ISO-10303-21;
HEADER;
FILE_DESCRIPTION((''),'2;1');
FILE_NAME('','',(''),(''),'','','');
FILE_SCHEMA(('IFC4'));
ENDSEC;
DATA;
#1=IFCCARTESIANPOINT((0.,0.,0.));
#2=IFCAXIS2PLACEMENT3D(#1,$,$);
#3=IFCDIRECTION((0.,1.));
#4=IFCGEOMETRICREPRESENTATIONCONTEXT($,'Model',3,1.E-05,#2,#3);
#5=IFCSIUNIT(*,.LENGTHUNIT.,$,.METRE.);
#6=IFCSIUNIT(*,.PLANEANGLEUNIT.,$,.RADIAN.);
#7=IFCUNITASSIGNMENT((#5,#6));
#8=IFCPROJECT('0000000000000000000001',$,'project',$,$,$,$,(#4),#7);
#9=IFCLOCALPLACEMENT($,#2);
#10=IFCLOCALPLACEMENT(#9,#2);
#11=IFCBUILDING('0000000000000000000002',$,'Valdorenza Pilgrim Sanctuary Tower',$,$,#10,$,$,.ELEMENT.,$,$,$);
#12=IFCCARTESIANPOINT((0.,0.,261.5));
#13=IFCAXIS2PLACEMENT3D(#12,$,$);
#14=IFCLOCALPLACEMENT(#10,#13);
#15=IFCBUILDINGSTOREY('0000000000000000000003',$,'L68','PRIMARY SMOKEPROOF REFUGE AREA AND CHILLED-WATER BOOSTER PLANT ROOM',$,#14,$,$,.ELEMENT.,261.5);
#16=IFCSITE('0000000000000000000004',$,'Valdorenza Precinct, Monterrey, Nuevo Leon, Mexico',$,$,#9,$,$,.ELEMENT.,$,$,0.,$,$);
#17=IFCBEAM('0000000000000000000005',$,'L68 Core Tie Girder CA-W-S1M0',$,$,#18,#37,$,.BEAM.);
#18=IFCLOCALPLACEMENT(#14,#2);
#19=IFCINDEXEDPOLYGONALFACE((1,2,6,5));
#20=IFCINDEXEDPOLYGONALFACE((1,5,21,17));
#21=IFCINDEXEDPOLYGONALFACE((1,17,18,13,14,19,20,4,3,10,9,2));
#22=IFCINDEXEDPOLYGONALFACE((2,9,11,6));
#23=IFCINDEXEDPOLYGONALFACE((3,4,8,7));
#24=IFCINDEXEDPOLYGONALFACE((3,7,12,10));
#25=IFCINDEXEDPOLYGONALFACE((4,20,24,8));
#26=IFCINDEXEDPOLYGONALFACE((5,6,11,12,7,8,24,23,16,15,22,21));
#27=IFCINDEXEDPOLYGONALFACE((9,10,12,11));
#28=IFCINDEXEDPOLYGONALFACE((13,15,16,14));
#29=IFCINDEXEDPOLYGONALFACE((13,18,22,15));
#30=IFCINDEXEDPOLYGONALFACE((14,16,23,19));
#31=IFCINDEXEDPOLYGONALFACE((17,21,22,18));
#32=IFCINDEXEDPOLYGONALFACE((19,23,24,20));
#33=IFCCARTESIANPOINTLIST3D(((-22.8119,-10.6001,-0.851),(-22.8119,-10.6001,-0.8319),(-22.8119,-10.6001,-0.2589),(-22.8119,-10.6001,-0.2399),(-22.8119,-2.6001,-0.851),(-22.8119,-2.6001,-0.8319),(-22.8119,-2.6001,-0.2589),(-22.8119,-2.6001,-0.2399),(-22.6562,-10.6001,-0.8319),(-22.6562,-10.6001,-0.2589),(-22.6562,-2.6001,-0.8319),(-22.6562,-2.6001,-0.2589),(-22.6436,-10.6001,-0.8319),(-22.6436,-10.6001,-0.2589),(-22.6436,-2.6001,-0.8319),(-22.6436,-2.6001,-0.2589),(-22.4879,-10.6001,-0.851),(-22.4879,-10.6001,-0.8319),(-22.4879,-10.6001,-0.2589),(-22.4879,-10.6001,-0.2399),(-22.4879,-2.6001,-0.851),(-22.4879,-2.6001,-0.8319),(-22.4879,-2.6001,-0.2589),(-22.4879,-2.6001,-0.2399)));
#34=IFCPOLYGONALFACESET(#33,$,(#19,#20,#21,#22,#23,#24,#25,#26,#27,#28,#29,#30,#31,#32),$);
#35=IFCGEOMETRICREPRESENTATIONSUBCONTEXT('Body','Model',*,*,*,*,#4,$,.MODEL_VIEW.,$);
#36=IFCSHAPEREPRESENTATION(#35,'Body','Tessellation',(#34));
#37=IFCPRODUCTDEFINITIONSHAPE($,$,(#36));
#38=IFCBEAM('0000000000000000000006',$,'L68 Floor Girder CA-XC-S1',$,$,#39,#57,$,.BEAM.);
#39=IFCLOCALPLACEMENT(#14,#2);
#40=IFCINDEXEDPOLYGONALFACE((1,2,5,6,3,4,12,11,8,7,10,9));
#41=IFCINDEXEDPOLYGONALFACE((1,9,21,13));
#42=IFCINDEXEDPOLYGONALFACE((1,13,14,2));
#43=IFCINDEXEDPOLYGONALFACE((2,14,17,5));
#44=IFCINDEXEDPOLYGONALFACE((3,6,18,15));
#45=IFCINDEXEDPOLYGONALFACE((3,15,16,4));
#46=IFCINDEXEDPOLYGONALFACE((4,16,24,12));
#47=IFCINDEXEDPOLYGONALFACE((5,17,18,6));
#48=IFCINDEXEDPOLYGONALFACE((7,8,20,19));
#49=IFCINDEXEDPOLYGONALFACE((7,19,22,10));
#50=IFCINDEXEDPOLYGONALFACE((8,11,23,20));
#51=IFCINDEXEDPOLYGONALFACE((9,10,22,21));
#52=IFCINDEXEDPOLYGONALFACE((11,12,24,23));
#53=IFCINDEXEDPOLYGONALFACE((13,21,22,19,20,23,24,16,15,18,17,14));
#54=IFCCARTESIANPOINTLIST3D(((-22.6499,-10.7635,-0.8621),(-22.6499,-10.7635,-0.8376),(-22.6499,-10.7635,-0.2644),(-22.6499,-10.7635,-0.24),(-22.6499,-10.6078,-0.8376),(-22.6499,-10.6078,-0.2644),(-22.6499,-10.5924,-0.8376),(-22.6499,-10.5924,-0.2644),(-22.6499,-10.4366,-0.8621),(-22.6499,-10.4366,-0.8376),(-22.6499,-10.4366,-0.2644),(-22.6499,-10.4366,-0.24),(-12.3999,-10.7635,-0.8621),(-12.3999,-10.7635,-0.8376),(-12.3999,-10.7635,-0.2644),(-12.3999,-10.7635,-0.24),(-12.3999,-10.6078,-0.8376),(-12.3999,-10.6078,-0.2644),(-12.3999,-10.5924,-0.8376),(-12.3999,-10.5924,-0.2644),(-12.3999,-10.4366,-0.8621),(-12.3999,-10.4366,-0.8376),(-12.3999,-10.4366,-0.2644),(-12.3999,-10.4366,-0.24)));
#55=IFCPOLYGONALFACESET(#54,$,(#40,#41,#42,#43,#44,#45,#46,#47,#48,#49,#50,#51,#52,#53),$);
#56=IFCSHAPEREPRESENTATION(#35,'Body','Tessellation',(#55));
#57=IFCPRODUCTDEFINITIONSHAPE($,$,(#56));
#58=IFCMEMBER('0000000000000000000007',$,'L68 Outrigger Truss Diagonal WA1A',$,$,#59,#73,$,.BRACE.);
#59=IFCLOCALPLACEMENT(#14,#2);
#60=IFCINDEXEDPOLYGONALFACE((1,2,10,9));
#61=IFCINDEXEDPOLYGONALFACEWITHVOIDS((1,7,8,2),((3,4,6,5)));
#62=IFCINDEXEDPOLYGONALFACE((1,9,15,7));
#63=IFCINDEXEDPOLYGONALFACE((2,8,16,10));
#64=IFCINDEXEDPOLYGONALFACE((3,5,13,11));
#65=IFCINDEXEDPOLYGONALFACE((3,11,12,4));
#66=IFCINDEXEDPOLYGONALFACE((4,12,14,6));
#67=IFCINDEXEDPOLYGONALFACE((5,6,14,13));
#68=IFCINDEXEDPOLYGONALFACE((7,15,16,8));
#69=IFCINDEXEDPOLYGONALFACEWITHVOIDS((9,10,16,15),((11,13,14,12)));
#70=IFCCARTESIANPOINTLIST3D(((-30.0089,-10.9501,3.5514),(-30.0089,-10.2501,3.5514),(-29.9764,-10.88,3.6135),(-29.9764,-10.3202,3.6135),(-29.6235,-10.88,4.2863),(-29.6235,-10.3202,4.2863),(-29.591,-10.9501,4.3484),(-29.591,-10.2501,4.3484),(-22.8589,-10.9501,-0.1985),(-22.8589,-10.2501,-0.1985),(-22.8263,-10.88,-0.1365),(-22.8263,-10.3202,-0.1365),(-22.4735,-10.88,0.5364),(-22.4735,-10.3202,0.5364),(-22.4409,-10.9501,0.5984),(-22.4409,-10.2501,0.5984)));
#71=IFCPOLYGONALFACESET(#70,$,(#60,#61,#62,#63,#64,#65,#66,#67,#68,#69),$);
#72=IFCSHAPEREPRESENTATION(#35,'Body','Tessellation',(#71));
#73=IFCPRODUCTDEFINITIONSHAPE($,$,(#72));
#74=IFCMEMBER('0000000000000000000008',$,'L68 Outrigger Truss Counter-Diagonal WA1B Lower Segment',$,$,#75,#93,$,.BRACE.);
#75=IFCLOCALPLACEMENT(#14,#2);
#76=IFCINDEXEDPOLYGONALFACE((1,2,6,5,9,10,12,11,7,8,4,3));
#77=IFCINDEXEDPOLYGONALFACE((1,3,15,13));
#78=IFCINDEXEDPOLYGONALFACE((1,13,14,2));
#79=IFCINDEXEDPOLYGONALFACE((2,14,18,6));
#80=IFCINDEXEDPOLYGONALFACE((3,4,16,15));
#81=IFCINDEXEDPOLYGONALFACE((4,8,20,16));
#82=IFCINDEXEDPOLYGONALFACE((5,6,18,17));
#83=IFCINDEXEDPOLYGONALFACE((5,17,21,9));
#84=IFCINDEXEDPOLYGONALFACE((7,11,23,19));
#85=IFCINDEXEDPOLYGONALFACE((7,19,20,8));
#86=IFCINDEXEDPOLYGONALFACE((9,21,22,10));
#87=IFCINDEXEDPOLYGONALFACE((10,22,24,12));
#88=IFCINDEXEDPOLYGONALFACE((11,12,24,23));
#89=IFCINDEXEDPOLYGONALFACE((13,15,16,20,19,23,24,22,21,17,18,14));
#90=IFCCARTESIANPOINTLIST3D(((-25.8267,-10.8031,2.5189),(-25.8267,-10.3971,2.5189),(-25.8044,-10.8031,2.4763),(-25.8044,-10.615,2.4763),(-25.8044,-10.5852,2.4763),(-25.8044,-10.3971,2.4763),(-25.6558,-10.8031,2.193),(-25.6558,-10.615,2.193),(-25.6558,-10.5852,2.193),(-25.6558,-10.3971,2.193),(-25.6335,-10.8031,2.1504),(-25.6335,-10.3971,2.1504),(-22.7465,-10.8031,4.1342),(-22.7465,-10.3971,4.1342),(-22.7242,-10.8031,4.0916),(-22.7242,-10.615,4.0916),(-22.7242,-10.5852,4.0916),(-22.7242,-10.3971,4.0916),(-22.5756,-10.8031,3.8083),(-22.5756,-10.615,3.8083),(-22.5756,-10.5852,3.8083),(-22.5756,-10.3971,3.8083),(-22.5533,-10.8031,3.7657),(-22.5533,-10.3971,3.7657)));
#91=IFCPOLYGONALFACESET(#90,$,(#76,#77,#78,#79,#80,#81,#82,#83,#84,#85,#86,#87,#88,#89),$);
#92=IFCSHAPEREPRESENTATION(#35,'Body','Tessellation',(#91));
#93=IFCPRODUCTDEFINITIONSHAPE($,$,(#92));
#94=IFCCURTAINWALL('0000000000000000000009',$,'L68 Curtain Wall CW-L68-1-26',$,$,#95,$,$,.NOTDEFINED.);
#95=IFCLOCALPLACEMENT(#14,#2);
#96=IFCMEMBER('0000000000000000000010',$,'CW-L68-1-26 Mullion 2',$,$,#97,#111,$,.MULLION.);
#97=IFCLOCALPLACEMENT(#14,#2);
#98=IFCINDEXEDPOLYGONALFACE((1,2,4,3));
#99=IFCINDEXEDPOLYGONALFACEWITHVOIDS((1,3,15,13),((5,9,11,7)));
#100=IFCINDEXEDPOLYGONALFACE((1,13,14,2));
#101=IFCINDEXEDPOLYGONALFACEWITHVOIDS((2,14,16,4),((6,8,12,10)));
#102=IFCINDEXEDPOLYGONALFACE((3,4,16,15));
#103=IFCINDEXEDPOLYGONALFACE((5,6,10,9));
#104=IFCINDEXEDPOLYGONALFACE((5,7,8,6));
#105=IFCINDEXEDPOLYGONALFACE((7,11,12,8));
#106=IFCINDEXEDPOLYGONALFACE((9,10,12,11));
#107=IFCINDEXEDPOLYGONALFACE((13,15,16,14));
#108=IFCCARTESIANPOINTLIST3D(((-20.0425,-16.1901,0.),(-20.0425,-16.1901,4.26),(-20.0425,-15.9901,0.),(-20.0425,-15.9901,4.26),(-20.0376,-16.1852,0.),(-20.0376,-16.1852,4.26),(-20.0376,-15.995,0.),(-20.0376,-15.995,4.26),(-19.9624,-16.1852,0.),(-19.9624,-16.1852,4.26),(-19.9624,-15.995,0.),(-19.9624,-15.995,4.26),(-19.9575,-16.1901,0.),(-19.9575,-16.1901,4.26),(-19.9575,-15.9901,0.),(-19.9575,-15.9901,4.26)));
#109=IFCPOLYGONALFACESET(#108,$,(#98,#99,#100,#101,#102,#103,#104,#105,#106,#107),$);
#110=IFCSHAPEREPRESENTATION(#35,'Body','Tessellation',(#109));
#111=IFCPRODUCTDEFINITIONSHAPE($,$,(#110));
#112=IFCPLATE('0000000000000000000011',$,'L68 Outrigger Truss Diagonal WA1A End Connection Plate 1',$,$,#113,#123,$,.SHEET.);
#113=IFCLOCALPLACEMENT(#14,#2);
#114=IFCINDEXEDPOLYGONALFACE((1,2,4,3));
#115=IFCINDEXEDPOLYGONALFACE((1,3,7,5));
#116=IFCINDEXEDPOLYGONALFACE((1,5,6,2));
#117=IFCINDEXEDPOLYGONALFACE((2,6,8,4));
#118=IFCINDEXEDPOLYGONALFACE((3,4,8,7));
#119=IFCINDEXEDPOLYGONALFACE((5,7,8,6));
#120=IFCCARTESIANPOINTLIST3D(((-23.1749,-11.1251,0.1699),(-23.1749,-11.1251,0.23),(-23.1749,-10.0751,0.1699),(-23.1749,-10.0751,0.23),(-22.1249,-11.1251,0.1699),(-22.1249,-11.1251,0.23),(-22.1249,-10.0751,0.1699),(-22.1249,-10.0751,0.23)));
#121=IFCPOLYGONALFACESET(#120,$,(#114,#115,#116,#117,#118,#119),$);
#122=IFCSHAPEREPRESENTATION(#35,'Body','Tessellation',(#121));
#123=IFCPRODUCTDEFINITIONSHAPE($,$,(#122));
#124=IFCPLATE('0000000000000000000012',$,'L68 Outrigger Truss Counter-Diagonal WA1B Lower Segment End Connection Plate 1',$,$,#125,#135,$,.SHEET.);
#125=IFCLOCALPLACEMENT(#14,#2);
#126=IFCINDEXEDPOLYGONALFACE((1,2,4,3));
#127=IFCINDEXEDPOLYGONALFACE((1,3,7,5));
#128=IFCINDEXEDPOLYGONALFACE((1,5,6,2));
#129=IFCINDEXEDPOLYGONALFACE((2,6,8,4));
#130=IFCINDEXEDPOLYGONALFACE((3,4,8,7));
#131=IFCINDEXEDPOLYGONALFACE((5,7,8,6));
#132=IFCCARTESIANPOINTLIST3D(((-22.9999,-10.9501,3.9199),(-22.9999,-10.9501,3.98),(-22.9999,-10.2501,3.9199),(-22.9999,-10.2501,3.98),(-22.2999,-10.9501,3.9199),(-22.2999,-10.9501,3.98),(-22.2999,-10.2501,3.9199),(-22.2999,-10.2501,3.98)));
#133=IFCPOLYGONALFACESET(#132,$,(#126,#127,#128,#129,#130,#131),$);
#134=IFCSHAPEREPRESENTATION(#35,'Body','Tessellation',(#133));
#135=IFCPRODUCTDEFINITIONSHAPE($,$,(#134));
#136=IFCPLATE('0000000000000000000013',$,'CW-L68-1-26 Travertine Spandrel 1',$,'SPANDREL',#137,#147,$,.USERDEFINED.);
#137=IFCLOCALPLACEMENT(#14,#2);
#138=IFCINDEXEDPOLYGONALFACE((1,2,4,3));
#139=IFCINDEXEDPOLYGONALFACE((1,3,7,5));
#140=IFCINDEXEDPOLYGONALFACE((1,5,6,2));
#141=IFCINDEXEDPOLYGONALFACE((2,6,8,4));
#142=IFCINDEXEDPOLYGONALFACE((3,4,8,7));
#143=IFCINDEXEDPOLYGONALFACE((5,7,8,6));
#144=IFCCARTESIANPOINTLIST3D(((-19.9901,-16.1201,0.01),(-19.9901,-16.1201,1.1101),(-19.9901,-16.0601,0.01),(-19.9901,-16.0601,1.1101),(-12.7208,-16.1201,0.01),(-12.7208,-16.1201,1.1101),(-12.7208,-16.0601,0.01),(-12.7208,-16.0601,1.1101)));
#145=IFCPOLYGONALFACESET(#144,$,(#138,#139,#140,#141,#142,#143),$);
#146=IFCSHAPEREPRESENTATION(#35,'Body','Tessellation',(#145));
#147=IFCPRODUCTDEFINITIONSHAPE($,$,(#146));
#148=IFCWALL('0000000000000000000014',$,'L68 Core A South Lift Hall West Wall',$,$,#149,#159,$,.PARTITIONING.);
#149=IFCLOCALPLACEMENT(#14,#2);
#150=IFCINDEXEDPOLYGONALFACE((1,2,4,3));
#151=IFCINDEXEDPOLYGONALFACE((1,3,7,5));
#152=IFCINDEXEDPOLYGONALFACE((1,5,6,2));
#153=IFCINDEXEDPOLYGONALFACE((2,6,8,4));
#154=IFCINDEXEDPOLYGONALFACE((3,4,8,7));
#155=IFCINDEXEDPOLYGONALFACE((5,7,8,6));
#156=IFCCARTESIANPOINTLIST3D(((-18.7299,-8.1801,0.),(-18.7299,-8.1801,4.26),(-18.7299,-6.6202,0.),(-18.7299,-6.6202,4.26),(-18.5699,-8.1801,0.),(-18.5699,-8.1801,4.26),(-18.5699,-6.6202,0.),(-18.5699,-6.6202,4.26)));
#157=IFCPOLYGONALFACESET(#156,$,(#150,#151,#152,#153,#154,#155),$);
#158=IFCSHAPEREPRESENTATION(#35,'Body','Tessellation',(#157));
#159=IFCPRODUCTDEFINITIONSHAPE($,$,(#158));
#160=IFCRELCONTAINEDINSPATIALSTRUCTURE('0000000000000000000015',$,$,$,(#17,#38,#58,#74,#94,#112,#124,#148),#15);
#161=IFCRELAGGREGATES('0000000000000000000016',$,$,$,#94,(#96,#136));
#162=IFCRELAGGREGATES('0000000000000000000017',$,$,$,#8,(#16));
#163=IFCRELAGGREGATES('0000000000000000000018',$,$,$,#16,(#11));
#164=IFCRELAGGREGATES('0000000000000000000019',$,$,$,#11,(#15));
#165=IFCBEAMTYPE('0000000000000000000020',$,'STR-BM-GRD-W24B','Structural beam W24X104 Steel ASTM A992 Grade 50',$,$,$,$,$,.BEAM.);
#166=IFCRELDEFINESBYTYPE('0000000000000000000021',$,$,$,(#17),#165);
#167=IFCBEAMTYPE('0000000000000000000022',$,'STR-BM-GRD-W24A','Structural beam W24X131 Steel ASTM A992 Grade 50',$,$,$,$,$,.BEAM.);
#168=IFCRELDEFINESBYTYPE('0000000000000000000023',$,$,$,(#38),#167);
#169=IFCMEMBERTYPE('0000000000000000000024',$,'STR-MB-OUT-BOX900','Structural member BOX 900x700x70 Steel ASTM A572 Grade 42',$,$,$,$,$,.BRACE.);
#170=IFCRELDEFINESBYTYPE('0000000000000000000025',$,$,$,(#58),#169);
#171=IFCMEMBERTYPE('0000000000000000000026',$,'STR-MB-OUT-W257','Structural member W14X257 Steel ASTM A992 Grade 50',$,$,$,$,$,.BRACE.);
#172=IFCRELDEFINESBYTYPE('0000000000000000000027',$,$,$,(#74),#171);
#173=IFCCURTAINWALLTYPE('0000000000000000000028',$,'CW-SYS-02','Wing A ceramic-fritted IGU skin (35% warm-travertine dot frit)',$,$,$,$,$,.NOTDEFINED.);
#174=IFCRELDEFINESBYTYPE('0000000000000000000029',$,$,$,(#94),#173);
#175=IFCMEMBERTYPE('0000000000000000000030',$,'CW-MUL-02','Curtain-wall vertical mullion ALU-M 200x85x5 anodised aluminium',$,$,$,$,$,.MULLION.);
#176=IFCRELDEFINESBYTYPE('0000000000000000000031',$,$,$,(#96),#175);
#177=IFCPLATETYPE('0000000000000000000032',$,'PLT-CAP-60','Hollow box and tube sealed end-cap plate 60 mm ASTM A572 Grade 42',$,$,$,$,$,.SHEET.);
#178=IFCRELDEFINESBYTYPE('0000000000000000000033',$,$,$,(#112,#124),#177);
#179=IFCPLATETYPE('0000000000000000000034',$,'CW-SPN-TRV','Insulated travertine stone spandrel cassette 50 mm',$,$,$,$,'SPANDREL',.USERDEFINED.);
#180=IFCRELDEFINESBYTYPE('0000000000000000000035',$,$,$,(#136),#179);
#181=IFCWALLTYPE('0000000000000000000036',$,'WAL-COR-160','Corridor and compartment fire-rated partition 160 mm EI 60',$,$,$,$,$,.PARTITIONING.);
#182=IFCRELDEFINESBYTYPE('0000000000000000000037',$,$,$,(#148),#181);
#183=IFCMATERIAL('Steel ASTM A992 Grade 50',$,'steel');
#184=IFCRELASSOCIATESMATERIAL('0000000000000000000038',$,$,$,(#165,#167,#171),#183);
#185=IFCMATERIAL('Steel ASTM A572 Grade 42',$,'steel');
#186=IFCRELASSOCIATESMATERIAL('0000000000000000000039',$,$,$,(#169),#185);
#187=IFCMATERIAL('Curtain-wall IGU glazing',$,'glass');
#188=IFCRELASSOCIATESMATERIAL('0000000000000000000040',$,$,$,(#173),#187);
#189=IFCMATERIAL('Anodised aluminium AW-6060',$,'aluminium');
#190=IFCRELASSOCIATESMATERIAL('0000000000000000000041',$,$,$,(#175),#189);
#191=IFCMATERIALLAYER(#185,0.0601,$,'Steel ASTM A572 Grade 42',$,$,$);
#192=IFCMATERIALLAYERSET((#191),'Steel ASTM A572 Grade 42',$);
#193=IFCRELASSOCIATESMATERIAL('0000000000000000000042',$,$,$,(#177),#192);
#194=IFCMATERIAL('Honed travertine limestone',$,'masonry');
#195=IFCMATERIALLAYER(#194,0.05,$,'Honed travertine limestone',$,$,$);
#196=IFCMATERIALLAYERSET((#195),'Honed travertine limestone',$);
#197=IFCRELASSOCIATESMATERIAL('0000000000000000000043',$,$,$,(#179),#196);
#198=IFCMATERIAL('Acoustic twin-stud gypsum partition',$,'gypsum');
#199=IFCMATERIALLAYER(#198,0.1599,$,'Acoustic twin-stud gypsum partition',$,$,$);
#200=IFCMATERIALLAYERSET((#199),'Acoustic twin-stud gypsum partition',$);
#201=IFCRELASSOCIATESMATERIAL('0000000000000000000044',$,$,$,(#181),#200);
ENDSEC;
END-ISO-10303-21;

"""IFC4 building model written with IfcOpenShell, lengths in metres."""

from ifc_helpers import new_model, si_unit, direction, frame, frame_2d, origin, origin_2d, place, context, subcontext, project, spatial, rectangle, hollow_rectangle, i_section, extrude, source, transform, mapped, material, layer, layer_set, material_profile, profile_set, type_object, element, aggregate, save


model = new_model("IFC4")

# Units and contexts
model_context = context("Model", 3, precision=1e-05, world=origin(), true_north=direction((0.0, 1.0)))
body_context = subcontext(model_context, "Body", "Model", "MODEL_VIEW")
ifc_project = project(units=[si_unit("LENGTHUNIT", "METRE"), si_unit("PLANEANGLEUNIT", "RADIAN")], contexts=[model_context])

# Site, building, storey
site_placement = place(None, origin())
site = spatial("IfcSite", under=ifc_project, at=site_placement, Name="Valdorenza Precinct, Monterrey, Nuevo Leon, Mexico", CompositionType="ELEMENT", RefElevation=0.0)
building_placement = place(site_placement, origin())
building = spatial("IfcBuilding", under=site, at=building_placement, Name="Valdorenza Pilgrim Sanctuary Tower", CompositionType="ELEMENT")
storey_placement = place(building_placement, frame((0.0, 0.0, 261.5)))
storey = spatial("IfcBuildingStorey", under=building, at=storey_placement, Name="L68", Description="PRIMARY SMOKEPROOF REFUGE AREA AND CHILLED-WATER BOOSTER PLANT ROOM", CompositionType="ELEMENT", Elevation=261.5)

# Beams
ifc_material_1 = material(Name="Steel ASTM A992 Grade 50", Category="steel")
ifc_material_profile_1 = material_profile(ifc_material_1, i_section(OverallWidth=0.324, OverallDepth=0.6111, WebThickness=0.0127, FlangeThickness=0.019, at=origin_2d()), Name="W24X104")
ifc_profile_set_1 = profile_set([ifc_material_profile_1], Name="Steel ASTM A992 Grade 50")
beam_type_1 = type_object("IfcBeamType", Name="STR-BM-GRD-W24B", Description="Structural beam W24X104 Steel ASTM A992 Grade 50", PredefinedType="BEAM", material=ifc_profile_set_1)
shared_shape_1 = source(origin(), body_context, "Body", "SweptSolid", [
    extrude(i_section(OverallWidth=0.324, OverallDepth=0.6111, WebThickness=0.0127, FlangeThickness=0.019, at=origin_2d()), origin(), (0.0, 0.0, 1.0), 8.0),
])
beam_1_placement = place(storey_placement, frame((-22.6499, -10.6001, -0.5454), z_axis=(0.0, 1.0, 0.0), x_axis=(-1.0, 0.0, 0.0)))
element("IfcBeam", 1, at=beam_1_placement, inside=storey, type_object=beam_type_1, Name="L68 Core Tie Girder CA-W-S1M0", PredefinedType="BEAM", context=body_context, shape_type="MappedRepresentation", body=[
    mapped(shared_shape_1, transform((0.0, 0.0, 0.0), x_axis=(1.0, 0.0, 0.0), y_axis=(0.0, 1.0, 0.0), z_axis=(0.0, 0.0, 1.0), scale=1.0)),
])
ifc_material_profile_2 = material_profile(ifc_material_1, i_section(OverallWidth=0.3269, OverallDepth=0.6221, WebThickness=0.0154, FlangeThickness=0.0244, at=origin_2d()), Name="W24X131")
ifc_profile_set_2 = profile_set([ifc_material_profile_2], Name="Steel ASTM A992 Grade 50")
beam_type_2 = type_object("IfcBeamType", Name="STR-BM-GRD-W24A", Description="Structural beam W24X131 Steel ASTM A992 Grade 50", PredefinedType="BEAM", material=ifc_profile_set_2)
shared_shape_2 = source(origin(), body_context, "Body", "SweptSolid", [
    extrude(i_section(OverallWidth=0.3269, OverallDepth=0.6221, WebThickness=0.0154, FlangeThickness=0.0244, at=origin_2d()), origin(), (0.0, 0.0, 1.0), 10.25),
])
beam_2_placement = place(storey_placement, frame((-22.6499, -10.6001, -0.551), z_axis=(1.0, 0.0, 0.0), x_axis=(0.0, 1.0, 0.0)))
element("IfcBeam", 2, at=beam_2_placement, inside=storey, type_object=beam_type_2, Name="L68 Floor Girder CA-XC-S1", PredefinedType="BEAM", context=body_context, shape_type="MappedRepresentation", body=[
    mapped(shared_shape_2, transform((0.0, 0.0, 0.0), x_axis=(1.0, 0.0, 0.0), y_axis=(0.0, 1.0, 0.0), z_axis=(0.0, 0.0, 1.0), scale=1.0)),
])

# Members
ifc_material_2 = material(Name="Steel ASTM A572 Grade 42", Category="steel")
ifc_material_profile_3 = material_profile(ifc_material_2, hollow_rectangle(XDim=0.7, YDim=0.8999, WallThickness=0.0701, at=origin_2d()), Name="BOX 900x700x70")
ifc_profile_set_3 = profile_set([ifc_material_profile_3], Name="Steel ASTM A572 Grade 42")
member_type_1 = type_object("IfcMemberType", Name="STR-MB-OUT-BOX900", Description="Structural member BOX 900x700x70 Steel ASTM A572 Grade 42", PredefinedType="BRACE", material=ifc_profile_set_3)
shared_shape_3 = source(origin(), body_context, "Body", "SweptSolid", [
    extrude(hollow_rectangle(XDim=0.7, YDim=0.8999, WallThickness=0.0701, at=origin_2d()), origin(), (0.0, 0.0, 1.0), 8.0737),
])
member_1_placement = place(storey_placement, frame((-22.6499, -10.6001, 0.2), z_axis=(-0.885593, 0.0, 0.464462), x_axis=(0.0, -1.0, 0.0)))
element("IfcMember", 3, at=member_1_placement, inside=storey, type_object=member_type_1, Name="L68 Outrigger Truss Diagonal WA1A", PredefinedType="BRACE", context=body_context, shape_type="MappedRepresentation", body=[
    mapped(shared_shape_3, transform((0.0, 0.0, 0.0), x_axis=(1.0, 0.0, 0.0), y_axis=(0.0, 1.0, 0.0), z_axis=(0.0, 0.0, 1.0), scale=1.0)),
])
ifc_material_profile_4 = material_profile(ifc_material_1, i_section(OverallWidth=0.406, OverallDepth=0.416, WebThickness=0.0298, FlangeThickness=0.0481, at=origin_2d()), Name="W14X257")
ifc_profile_set_4 = profile_set([ifc_material_profile_4], Name="Steel ASTM A992 Grade 50")
member_type_2 = type_object("IfcMemberType", Name="STR-MB-OUT-W257", Description="Structural member W14X257 Steel ASTM A992 Grade 50", PredefinedType="BRACE", material=ifc_profile_set_4)
shared_shape_4 = source(origin(), body_context, "Body", "SweptSolid", [
    extrude(i_section(OverallWidth=0.406, OverallDepth=0.416, WebThickness=0.0298, FlangeThickness=0.0481, at=origin_2d()), origin(), (0.0, 0.0, 1.0), 3.478),
])
member_2_placement = place(storey_placement, frame((-22.6499, -10.6001, 3.95), z_axis=(-0.885612, 0.0, -0.464427), x_axis=(0.0, -1.0, 0.0)))
element("IfcMember", 4, at=member_2_placement, inside=storey, type_object=member_type_2, Name="L68 Outrigger Truss Counter-Diagonal WA1B Lower Segment", PredefinedType="BRACE", context=body_context, shape_type="MappedRepresentation", body=[
    mapped(shared_shape_4, transform((0.0, 0.0, 0.0), x_axis=(1.0, 0.0, 0.0), y_axis=(0.0, 1.0, 0.0), z_axis=(0.0, 0.0, 1.0), scale=1.0)),
])

# Curtain wall, member
ifc_material_3 = material(Name="Curtain-wall IGU glazing", Category="glass")
curtain_wall_type = type_object("IfcCurtainWallType", Name="CW-SYS-02", Description="Wing A ceramic-fritted IGU skin (35% warm-travertine dot frit)", PredefinedType="NOTDEFINED", material=ifc_material_3)
curtain_wall_placement = place(storey_placement, origin())
curtain_wall = element("IfcCurtainWall", 5, at=curtain_wall_placement, inside=storey, type_object=curtain_wall_type, Name="L68 Curtain Wall CW-L68-1-26", PredefinedType="NOTDEFINED")
ifc_material_4 = material(Name="Anodised aluminium AW-6060", Category="aluminium")
ifc_material_profile_5 = material_profile(ifc_material_4, hollow_rectangle(XDim=0.085, YDim=0.2, WallThickness=0.0049, at=origin_2d()), Name="ALU-M 200x85x5")
ifc_profile_set_5 = profile_set([ifc_material_profile_5], Name="Anodised aluminium AW-6060")
member_type_3 = type_object("IfcMemberType", Name="CW-MUL-02", Description="Curtain-wall vertical mullion ALU-M 200x85x5 anodised aluminium", PredefinedType="MULLION", material=ifc_profile_set_5)
shared_shape_5 = source(origin(), body_context, "Body", "SweptSolid", [
    extrude(hollow_rectangle(XDim=0.085, YDim=0.2, WallThickness=0.0049, at=origin_2d()), origin(), (0.0, 0.0, 1.0), 4.26),
])
member_3_placement = place(storey_placement, frame((-20.0, -16.0901, 0.0), z_axis=(0.0, 0.0, 1.0), x_axis=(-1.0, 0.0, 0.0)))
member_3 = element("IfcMember", 6, at=member_3_placement, type_object=member_type_3, Name="CW-L68-1-26 Mullion 2", PredefinedType="MULLION", context=body_context, shape_type="MappedRepresentation", body=[
    mapped(shared_shape_5, transform((0.0, 0.0, 0.0), x_axis=(1.0, 0.0, 0.0), y_axis=(0.0, 1.0, 0.0), z_axis=(0.0, 0.0, 1.0), scale=1.0)),
])

# Plates
ifc_layer_1 = layer(ifc_material_2, 0.0601, Name="Steel ASTM A572 Grade 42")
ifc_layer_set_1 = layer_set([ifc_layer_1], Name="Steel ASTM A572 Grade 42")
plate_type_1 = type_object("IfcPlateType", Name="PLT-CAP-60", Description="Hollow box and tube sealed end-cap plate 60 mm ASTM A572 Grade 42", PredefinedType="SHEET", material=ifc_layer_set_1)
shared_shape_6 = source(origin(), body_context, "Body", "SweptSolid", [
    extrude(rectangle(XDim=1.05, YDim=1.05, at=origin_2d()), origin(), (0.0, 0.0, 1.0), 0.0601),
])
plate_1_placement = place(storey_placement, frame((-22.6499, -10.6001, 0.1699), z_axis=(0.0, 0.0, 1.0), x_axis=(1.0, 0.0, 0.0)))
element("IfcPlate", 7, at=plate_1_placement, inside=storey, type_object=plate_type_1, Name="L68 Outrigger Truss Diagonal WA1A End Connection Plate 1", PredefinedType="SHEET", context=body_context, shape_type="MappedRepresentation", body=[
    mapped(shared_shape_6, transform((0.0, 0.0, 0.0), x_axis=(1.0, 0.0, 0.0), y_axis=(0.0, 1.0, 0.0), z_axis=(0.0, 0.0, 1.0), scale=1.0)),
])
shared_shape_7 = source(origin(), body_context, "Body", "SweptSolid", [
    extrude(rectangle(XDim=0.7, YDim=0.7, at=origin_2d()), origin(), (0.0, 0.0, 1.0), 0.0601),
])
plate_2_placement = place(storey_placement, frame((-22.6499, -10.6001, 3.9199), z_axis=(0.0, 0.0, 1.0), x_axis=(1.0, 0.0, 0.0)))
element("IfcPlate", 8, at=plate_2_placement, inside=storey, type_object=plate_type_1, Name="L68 Outrigger Truss Counter-Diagonal WA1B Lower Segment End Connection Plate 1", PredefinedType="SHEET", context=body_context, shape_type="MappedRepresentation", body=[
    mapped(shared_shape_7, transform((0.0, 0.0, 0.0), x_axis=(1.0, 0.0, 0.0), y_axis=(0.0, 1.0, 0.0), z_axis=(0.0, 0.0, 1.0), scale=1.0)),
])

# Plate
ifc_material_5 = material(Name="Honed travertine limestone", Category="masonry")
ifc_layer_2 = layer(ifc_material_5, 0.05, Name="Honed travertine limestone")
ifc_layer_set_2 = layer_set([ifc_layer_2], Name="Honed travertine limestone")
plate_type_2 = type_object("IfcPlateType", Name="CW-SPN-TRV", Description="Insulated travertine stone spandrel cassette 50 mm", ElementType="SPANDREL", PredefinedType="USERDEFINED", material=ifc_layer_set_2)
shared_shape_8 = source(origin(), body_context, "Body", "SweptSolid", [
    extrude(rectangle(XDim=7.2693, YDim=0.0601, at=origin_2d()), origin(), (0.0, 0.0, 1.0), 1.1001),
])
plate_3_placement = place(storey_placement, frame((-16.3555, -16.0901, 0.01), z_axis=(0.0, 0.0, 1.0), x_axis=(-1.0, 0.0, 0.0)))
plate_3 = element("IfcPlate", 9, at=plate_3_placement, type_object=plate_type_2, Name="CW-L68-1-26 Travertine Spandrel 1", ObjectType="SPANDREL", PredefinedType="USERDEFINED", context=body_context, shape_type="MappedRepresentation", body=[
    mapped(shared_shape_8, transform((0.0, 0.0, 0.0), x_axis=(1.0, 0.0, 0.0), y_axis=(0.0, 1.0, 0.0), z_axis=(0.0, 0.0, 1.0), scale=1.0)),
])
aggregate(curtain_wall, [member_3, plate_3])

# Wall
ifc_material_6 = material(Name="Acoustic twin-stud gypsum partition", Category="gypsum")
ifc_layer_3 = layer(ifc_material_6, 0.1599, Name="Acoustic twin-stud gypsum partition")
ifc_layer_set_3 = layer_set([ifc_layer_3], Name="Acoustic twin-stud gypsum partition")
wall_type_1 = type_object("IfcWallType", Name="WAL-COR-160", Description="Corridor and compartment fire-rated partition 160 mm EI 60", PredefinedType="PARTITIONING", material=ifc_layer_set_3)
wall_1_placement = place(storey_placement, frame((-18.6499, -8.1799, 0.0), z_axis=(0.0, 0.0, 1.0), x_axis=(0.0, 1.0, 0.0)))
element("IfcWall", 10, at=wall_1_placement, inside=storey, type_object=wall_type_1, Name="L68 Core A South Lift Hall West Wall", PredefinedType="PARTITIONING", context=body_context, shape_type="SweptSolid", body=[
    extrude(rectangle(XDim=1.5598, YDim=0.1599, at=frame_2d((0.7798, 0.0))), origin(), (0.0, 0.0, 1.0), 4.26),
])

save(model, "model.ifc")
